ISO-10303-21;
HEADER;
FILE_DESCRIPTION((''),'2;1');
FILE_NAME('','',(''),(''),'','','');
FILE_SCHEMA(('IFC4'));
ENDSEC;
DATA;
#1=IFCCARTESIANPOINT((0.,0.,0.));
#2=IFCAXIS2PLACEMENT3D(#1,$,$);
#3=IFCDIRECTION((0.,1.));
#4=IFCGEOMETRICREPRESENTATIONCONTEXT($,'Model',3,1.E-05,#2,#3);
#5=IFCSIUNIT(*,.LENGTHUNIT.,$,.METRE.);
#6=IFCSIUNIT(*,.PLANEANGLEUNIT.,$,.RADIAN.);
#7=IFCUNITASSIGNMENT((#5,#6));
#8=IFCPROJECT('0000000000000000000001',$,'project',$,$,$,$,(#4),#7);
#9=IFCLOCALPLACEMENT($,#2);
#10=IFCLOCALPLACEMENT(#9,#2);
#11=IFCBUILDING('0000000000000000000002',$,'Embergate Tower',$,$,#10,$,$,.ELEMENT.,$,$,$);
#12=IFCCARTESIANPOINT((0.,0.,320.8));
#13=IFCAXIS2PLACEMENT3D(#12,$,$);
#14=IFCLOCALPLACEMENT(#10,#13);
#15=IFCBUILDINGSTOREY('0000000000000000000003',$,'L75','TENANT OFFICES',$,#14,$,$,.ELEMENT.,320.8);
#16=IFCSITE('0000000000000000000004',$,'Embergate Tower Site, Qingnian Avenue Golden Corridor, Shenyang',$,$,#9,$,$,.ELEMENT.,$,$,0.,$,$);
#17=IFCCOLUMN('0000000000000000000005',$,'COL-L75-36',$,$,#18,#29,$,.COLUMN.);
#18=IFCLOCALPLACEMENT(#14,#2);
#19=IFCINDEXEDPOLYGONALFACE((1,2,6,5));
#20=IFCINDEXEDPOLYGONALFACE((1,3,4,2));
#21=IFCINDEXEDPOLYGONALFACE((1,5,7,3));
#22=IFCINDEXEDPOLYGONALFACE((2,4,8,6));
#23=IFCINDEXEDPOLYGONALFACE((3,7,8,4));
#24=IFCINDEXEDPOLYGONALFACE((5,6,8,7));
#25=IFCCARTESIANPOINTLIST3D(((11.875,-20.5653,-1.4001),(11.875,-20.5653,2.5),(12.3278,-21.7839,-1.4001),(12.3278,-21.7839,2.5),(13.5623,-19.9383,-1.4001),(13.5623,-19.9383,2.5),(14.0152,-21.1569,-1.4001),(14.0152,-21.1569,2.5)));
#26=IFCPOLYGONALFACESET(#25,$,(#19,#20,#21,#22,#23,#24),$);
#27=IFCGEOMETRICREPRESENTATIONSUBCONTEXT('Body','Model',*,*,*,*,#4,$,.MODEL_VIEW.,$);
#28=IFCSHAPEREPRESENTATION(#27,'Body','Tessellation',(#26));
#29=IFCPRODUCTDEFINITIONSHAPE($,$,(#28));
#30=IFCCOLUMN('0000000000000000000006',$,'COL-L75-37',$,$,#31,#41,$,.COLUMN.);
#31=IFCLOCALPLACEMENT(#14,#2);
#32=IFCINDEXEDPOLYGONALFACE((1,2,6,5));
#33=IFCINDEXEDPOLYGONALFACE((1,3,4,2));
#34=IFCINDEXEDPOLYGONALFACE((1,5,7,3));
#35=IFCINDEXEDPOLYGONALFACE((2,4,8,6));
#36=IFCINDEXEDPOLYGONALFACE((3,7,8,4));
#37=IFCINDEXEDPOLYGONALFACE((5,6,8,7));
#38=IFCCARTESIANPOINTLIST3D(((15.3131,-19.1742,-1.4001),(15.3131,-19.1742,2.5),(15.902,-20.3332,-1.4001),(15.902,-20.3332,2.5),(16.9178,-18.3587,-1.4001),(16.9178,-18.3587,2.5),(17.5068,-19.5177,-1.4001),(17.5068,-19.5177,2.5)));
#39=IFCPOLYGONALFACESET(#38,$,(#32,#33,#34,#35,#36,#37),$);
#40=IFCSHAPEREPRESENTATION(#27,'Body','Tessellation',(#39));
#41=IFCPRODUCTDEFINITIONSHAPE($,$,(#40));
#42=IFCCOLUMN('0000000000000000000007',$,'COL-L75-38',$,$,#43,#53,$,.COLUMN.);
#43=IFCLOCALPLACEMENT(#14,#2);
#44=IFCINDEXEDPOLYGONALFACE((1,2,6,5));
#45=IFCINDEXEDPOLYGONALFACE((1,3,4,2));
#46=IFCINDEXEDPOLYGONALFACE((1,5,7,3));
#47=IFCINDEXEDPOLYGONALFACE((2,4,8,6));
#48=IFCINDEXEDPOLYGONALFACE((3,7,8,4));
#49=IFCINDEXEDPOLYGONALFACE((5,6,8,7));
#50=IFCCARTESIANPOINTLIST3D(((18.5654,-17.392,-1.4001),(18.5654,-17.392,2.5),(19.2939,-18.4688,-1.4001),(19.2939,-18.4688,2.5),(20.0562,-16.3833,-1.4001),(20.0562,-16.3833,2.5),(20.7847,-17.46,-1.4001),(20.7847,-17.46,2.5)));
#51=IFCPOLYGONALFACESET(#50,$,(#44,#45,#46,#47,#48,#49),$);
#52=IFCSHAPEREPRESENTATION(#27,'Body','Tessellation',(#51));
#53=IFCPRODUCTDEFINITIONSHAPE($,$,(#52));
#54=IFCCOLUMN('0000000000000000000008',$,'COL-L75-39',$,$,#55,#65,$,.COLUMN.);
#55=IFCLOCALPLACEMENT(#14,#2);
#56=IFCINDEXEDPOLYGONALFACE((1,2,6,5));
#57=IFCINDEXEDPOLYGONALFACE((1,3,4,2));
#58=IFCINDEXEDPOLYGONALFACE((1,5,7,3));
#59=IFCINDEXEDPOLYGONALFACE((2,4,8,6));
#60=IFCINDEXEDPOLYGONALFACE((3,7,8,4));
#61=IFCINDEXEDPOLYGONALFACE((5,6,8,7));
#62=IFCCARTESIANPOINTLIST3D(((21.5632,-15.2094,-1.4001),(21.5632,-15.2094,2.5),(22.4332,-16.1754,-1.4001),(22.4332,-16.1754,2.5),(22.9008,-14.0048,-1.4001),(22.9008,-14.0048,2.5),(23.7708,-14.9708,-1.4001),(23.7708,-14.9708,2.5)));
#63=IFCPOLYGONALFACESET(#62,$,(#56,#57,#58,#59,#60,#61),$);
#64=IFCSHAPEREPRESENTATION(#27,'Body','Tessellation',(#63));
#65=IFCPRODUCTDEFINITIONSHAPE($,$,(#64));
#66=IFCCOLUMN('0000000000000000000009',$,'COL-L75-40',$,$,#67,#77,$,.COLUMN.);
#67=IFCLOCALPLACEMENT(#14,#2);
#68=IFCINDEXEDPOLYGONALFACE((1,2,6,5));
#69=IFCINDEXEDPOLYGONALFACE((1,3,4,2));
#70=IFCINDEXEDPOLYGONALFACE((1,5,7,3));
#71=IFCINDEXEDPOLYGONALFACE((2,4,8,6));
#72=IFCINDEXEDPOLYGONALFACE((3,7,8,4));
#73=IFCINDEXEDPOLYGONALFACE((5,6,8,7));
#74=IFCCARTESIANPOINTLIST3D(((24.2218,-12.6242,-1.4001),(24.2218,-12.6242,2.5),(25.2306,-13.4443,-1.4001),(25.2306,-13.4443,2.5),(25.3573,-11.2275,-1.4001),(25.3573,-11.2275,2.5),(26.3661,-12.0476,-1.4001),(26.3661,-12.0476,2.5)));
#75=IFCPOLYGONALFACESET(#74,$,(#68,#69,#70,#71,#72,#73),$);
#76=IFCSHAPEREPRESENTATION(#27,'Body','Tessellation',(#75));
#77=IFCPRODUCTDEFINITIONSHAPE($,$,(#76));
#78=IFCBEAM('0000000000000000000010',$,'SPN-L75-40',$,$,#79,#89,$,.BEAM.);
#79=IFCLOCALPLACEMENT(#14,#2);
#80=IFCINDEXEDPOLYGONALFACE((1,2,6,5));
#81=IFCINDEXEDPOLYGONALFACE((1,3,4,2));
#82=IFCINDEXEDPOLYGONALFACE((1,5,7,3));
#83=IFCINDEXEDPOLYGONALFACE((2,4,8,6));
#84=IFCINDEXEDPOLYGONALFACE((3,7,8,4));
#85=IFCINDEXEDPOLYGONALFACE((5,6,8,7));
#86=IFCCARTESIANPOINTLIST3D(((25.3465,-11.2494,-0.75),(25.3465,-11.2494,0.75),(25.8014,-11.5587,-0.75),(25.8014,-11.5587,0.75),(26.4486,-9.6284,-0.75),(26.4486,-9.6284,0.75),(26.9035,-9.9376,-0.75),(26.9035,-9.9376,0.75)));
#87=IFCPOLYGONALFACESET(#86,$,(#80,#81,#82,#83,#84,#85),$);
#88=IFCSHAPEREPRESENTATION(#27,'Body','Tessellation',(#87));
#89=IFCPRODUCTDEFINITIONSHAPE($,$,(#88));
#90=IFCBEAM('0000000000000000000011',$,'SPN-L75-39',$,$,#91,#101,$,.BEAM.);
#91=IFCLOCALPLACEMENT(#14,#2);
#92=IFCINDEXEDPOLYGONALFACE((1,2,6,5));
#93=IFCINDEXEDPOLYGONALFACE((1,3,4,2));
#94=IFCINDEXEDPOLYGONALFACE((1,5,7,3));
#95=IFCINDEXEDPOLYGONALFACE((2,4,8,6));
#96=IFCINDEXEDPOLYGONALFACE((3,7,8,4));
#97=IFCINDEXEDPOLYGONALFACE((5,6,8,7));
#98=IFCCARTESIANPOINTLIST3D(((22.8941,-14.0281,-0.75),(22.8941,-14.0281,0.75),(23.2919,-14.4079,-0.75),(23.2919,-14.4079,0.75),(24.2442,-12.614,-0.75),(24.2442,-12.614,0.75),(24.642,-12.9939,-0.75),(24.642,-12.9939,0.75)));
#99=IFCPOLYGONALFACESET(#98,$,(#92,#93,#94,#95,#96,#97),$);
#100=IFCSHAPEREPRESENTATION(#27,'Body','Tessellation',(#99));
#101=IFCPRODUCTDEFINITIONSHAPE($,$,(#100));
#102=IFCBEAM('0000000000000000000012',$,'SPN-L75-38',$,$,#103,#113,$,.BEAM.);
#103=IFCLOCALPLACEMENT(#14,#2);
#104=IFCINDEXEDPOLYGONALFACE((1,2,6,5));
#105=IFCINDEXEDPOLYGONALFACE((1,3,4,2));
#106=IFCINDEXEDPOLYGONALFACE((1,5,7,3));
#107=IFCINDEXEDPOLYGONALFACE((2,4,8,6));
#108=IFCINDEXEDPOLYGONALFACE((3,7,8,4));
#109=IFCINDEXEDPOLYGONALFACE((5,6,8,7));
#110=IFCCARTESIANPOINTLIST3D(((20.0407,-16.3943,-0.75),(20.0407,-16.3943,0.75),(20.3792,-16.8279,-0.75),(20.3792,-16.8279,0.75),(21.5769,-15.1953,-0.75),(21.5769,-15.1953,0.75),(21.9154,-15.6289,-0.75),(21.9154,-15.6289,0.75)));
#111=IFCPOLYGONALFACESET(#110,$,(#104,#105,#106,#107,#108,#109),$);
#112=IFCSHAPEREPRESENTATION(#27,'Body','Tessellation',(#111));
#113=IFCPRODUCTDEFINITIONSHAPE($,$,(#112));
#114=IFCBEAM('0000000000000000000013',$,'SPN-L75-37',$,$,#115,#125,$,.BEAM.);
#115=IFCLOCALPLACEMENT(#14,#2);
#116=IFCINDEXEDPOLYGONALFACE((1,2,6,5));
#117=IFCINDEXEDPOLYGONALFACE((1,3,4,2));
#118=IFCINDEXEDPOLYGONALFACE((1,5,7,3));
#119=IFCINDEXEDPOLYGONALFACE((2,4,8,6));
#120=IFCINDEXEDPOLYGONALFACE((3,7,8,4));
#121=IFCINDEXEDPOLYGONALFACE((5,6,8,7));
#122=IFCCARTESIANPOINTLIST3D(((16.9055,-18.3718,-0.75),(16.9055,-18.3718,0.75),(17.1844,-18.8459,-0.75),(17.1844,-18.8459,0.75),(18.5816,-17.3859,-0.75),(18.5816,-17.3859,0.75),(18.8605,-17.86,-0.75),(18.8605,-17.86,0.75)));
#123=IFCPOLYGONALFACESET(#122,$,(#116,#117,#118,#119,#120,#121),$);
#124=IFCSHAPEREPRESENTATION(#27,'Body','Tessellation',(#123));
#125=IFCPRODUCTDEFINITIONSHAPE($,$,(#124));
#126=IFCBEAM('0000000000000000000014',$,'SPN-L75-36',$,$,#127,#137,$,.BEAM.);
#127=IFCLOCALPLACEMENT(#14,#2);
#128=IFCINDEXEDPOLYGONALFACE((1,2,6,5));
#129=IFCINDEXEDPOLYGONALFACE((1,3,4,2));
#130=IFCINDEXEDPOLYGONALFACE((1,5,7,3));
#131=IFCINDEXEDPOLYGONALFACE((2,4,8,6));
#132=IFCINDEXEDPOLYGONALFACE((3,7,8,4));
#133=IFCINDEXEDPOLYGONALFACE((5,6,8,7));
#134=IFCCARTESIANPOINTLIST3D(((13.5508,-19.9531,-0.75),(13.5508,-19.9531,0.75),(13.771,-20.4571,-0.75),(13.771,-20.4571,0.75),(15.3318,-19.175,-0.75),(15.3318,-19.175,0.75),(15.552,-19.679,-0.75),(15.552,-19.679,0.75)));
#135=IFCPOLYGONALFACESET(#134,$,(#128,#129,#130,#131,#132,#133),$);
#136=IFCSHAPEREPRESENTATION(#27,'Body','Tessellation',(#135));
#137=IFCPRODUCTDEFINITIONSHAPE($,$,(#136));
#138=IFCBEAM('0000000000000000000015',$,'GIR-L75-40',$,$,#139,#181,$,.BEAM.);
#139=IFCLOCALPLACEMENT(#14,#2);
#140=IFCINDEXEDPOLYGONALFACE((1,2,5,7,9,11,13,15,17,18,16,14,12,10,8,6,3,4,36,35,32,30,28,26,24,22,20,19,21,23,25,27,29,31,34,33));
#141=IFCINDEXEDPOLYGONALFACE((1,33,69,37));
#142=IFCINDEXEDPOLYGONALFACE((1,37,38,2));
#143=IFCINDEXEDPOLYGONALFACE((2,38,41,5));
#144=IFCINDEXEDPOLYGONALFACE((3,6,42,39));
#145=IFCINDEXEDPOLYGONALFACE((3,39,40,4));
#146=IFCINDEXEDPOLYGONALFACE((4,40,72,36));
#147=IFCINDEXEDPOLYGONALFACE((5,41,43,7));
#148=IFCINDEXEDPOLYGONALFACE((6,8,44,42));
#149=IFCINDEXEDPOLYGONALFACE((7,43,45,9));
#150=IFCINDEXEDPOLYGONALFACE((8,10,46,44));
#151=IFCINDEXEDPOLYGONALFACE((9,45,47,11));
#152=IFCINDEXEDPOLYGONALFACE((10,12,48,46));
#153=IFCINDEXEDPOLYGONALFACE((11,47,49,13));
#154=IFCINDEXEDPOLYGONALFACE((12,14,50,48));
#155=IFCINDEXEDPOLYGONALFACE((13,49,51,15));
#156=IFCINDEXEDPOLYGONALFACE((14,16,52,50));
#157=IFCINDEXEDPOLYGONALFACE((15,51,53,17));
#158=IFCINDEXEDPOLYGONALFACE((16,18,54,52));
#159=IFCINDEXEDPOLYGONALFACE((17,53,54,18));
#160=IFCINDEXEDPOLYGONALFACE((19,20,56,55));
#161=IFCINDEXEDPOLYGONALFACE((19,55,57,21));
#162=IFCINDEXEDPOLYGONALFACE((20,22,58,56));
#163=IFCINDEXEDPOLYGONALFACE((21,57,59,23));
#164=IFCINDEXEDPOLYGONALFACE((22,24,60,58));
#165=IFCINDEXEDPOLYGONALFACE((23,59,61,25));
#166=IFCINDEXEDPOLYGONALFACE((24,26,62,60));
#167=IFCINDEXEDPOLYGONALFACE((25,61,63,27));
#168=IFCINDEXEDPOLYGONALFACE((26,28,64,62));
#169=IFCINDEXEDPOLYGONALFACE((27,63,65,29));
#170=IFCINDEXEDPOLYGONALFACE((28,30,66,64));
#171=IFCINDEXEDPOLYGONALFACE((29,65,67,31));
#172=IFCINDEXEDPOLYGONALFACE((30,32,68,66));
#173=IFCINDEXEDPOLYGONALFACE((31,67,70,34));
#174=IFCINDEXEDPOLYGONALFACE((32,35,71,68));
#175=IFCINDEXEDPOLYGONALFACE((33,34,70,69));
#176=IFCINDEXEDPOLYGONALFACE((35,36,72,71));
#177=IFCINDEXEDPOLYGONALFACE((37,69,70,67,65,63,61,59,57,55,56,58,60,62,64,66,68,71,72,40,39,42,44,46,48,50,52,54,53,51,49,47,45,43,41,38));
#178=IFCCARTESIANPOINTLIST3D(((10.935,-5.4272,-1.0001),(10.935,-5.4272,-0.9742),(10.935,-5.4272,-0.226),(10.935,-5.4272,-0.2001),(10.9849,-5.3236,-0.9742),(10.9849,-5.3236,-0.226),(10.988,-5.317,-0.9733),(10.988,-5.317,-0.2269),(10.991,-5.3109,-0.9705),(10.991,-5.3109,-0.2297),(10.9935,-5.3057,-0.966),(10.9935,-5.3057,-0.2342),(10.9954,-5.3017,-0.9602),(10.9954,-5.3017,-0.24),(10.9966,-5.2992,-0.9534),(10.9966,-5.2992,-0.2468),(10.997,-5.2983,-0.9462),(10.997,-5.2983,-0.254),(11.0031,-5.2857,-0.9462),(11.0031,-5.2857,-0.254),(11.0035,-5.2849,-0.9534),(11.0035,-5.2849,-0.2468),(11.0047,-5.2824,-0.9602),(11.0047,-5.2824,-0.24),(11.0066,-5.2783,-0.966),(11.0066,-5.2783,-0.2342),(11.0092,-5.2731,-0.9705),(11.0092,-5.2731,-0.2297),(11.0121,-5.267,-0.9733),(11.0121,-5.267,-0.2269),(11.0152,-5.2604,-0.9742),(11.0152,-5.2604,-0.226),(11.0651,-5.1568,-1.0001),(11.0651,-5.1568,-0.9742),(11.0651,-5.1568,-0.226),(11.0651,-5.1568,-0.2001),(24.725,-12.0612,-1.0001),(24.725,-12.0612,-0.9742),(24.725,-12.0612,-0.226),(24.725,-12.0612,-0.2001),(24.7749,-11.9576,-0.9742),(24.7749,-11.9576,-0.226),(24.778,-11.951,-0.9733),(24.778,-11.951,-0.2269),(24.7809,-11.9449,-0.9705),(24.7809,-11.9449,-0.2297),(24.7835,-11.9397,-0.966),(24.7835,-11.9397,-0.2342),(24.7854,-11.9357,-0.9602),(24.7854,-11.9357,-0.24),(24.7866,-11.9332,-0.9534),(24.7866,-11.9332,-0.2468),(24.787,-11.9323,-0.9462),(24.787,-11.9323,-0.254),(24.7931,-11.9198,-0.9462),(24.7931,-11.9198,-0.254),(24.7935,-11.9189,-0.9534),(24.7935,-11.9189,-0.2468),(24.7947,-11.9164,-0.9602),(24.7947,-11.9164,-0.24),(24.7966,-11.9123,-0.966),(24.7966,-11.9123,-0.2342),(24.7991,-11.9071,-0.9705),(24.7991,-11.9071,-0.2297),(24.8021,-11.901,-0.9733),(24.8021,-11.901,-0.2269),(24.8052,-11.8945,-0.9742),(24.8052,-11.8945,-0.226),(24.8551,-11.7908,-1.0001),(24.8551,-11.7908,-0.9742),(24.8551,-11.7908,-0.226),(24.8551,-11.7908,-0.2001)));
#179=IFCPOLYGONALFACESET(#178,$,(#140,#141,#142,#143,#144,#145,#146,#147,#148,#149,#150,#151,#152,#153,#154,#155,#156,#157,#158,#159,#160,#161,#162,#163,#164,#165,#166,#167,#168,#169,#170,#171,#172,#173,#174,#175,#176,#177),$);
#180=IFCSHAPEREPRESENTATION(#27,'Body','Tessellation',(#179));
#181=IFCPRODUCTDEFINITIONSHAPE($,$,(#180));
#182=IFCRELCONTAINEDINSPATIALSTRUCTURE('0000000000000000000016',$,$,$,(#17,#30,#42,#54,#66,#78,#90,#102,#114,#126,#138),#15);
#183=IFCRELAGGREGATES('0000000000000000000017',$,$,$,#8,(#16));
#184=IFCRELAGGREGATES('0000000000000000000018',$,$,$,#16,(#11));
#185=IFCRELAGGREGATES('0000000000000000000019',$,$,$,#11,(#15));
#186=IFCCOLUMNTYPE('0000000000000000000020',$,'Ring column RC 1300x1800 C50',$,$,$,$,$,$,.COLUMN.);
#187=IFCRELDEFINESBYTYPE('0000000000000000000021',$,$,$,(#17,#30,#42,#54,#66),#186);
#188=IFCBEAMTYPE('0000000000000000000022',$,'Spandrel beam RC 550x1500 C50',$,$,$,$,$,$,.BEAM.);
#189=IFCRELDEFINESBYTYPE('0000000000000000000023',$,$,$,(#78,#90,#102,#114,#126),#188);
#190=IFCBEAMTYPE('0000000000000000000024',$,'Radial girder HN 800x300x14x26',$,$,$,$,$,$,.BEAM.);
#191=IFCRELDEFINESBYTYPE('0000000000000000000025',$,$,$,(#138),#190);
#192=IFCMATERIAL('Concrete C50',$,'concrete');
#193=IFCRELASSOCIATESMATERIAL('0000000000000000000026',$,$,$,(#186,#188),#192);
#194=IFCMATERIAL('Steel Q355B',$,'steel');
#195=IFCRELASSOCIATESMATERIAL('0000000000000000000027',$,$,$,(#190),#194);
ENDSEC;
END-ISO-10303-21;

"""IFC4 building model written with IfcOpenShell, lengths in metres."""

from ifc_helpers import new_model, si_unit, direction, frame, origin, origin_2d, place, context, subcontext, project, spatial, rectangle, i_section, extrude, source, transform, mapped, material, material_profile, profile_set, type_object, element, save


model = new_model("IFC4")

# Units and contexts
model_context = context("Model", 3, precision=1e-05, world=origin(), true_north=direction((0.0, 1.0)))
body_context = subcontext(model_context, "Body", "Model", "MODEL_VIEW")
ifc_project = project(units=[si_unit("LENGTHUNIT", "METRE"), si_unit("PLANEANGLEUNIT", "RADIAN")], contexts=[model_context])

# Site, building, storey
site_placement = place(None, origin())
site = spatial("IfcSite", under=ifc_project, at=site_placement, Name="Embergate Tower Site, Qingnian Avenue Golden Corridor, Shenyang", CompositionType="ELEMENT", RefElevation=0.0)
building_placement = place(site_placement, origin())
building = spatial("IfcBuilding", under=site, at=building_placement, Name="Embergate Tower", CompositionType="ELEMENT")
storey_placement = place(building_placement, frame((0.0, 0.0, 320.8)))
storey = spatial("IfcBuildingStorey", under=building, at=storey_placement, Name="L75", Description="TENANT OFFICES", CompositionType="ELEMENT", Elevation=320.8)

# Columns
ifc_material_1 = material(Name="Concrete C50", Category="concrete")
ifc_material_profile_1 = material_profile(ifc_material_1, rectangle(XDim=1.3, YDim=1.8, at=origin_2d()), Name="RC 1300x1800")
ifc_profile_set_1 = profile_set([ifc_material_profile_1], Name="Concrete C50")
column_type = type_object("IfcColumnType", Name="Ring column RC 1300x1800 C50", PredefinedType="COLUMN", material=ifc_profile_set_1)
shared_shape_1 = source(origin(), body_context, "Body", "SweptSolid", [
    extrude(rectangle(XDim=1.3, YDim=1.8, at=origin_2d()), origin(), (0.0, 0.0, 1.0), 3.9001),
])
for number, where, z_axis, x_axis, name in (
    (1, (12.9451, -20.8611, -1.4001), (0.0, 0.0, 1.0), (0.348343, -0.937367, 0.0), "COL-L75-36"),
    (2, (16.4099, -19.3459, -1.4001), (0.0, 0.0, 1.0), (0.453011, -0.891505, 0.0), "COL-L75-37"),
    (3, (19.675, -17.426, -1.4001), (0.0, 0.0, 1.0), (0.560393, -0.828227, 0.0), "COL-L75-38"),
    (4, (22.667, -15.0901, -1.4001), (0.0, 0.0, 1.0), (0.669221, -0.743063, 0.0), "COL-L75-39"),
    (5, (25.2939, -12.3359, -1.4001), (0.0, 0.0, 1.0), (0.775925, -0.630825, 0.0), "COL-L75-40"),
):
    element("IfcColumn", number, at=place(storey_placement, frame(where, z_axis=z_axis, x_axis=x_axis)), inside=storey, type_object=column_type, Name=name, PredefinedType="COLUMN", context=body_context, shape_type="MappedRepresentation", body=[
        mapped(shared_shape_1, transform((0.0, 0.0, 0.0))),
    ])

# Beams
ifc_material_profile_2 = material_profile(ifc_material_1, rectangle(XDim=0.55, YDim=1.5, at=origin_2d()), Name="RC 550x1500")
ifc_profile_set_2 = profile_set([ifc_material_profile_2], Name="Concrete C50")
beam_type_1 = type_object("IfcBeamType", Name="Spandrel beam RC 550x1500 C50", PredefinedType="BEAM", material=ifc_profile_set_2)
shared_shape_2 = source(origin(), body_context, "Body", "SweptSolid", [
    extrude(rectangle(XDim=0.55, YDim=1.5, at=origin_2d()), origin(), (0.0, 0.0, 1.0), 1.9602),
])
beam_1_placement = place(storey_placement, frame((25.574, -11.4041, 0.0), z_axis=(0.562208, 0.826996, 0.0), x_axis=(-0.826996, 0.562208, 0.0)))
element("IfcBeam", 6, at=beam_1_placement, inside=storey, type_object=beam_type_1, Name="SPN-L75-40", PredefinedType="BEAM", context=body_context, shape_type="MappedRepresentation", body=[
    mapped(shared_shape_2, transform((0.0, 0.0, 0.0))),
])
shared_shape_3 = source(origin(), body_context, "Body", "SweptSolid", [
    extrude(rectangle(XDim=0.55, YDim=1.5, at=origin_2d()), origin(), (0.0, 0.0, 1.0), 1.9551),
])
beam_2_placement = place(storey_placement, frame((23.093, -14.218, 0.0), z_axis=(0.690559, 0.723276, 0.0), x_axis=(-0.723276, 0.690559, 0.0)))
element("IfcBeam", 7, at=beam_2_placement, inside=storey, type_object=beam_type_1, Name="SPN-L75-39", PredefinedType="BEAM", context=body_context, shape_type="MappedRepresentation", body=[
    mapped(shared_shape_3, transform((0.0, 0.0, 0.0))),
])
shared_shape_4 = source(origin(), body_context, "Body", "SweptSolid", [
    extrude(rectangle(XDim=0.55, YDim=1.5, at=origin_2d()), origin(), (0.0, 0.0, 1.0), 1.9487),
])
beam_3_placement = place(storey_placement, frame((20.21, -16.6111, 0.0), z_axis=(0.788305, 0.615284, 0.0), x_axis=(-0.615284, 0.788305, 0.0)))
element("IfcBeam", 8, at=beam_3_placement, inside=storey, type_object=beam_type_1, Name="SPN-L75-38", PredefinedType="BEAM", context=body_context, shape_type="MappedRepresentation", body=[
    mapped(shared_shape_4, transform((0.0, 0.0, 0.0))),
])
shared_shape_5 = source(origin(), body_context, "Body", "SweptSolid", [
    extrude(rectangle(XDim=0.55, YDim=1.5, at=origin_2d()), origin(), (0.0, 0.0, 1.0), 1.9446),
])
beam_4_placement = place(storey_placement, frame((17.0449, -18.6089, 0.0), z_axis=(0.861947, 0.506998, 0.0), x_axis=(-0.506998, 0.861947, 0.0)))
element("IfcBeam", 9, at=beam_4_placement, inside=storey, type_object=beam_type_1, Name="SPN-L75-37", PredefinedType="BEAM", context=body_context, shape_type="MappedRepresentation", body=[
    mapped(shared_shape_5, transform((0.0, 0.0, 0.0))),
])
shared_shape_6 = source(origin(), body_context, "Body", "SweptSolid", [
    extrude(rectangle(XDim=0.55, YDim=1.5, at=origin_2d()), origin(), (0.0, 0.0, 1.0), 1.9436),
])
beam_5_placement = place(storey_placement, frame((13.6609, -20.2051, 0.0), z_axis=(0.916368, 0.400338, 0.0), x_axis=(-0.400338, 0.916368, 0.0)))
element("IfcBeam", 10, at=beam_5_placement, inside=storey, type_object=beam_type_1, Name="SPN-L75-36", PredefinedType="BEAM", context=body_context, shape_type="MappedRepresentation", body=[
    mapped(shared_shape_6, transform((0.0, 0.0, 0.0))),
])
ifc_material_2 = material(Name="Steel Q355B", Category="steel")
ifc_material_profile_3 = material_profile(ifc_material_2, i_section(OverallWidth=0.3, OverallDepth=0.8, WebThickness=0.0139, FlangeThickness=0.0259, FilletRadius=0.0281, at=origin_2d()), Name="HN 800x300x14x26")
ifc_profile_set_3 = profile_set([ifc_material_profile_3], Name="Steel Q355 grade B")
beam_type_2 = type_object("IfcBeamType", Name="Radial girder HN 800x300x14x26", PredefinedType="BEAM", material=ifc_profile_set_3)
shared_shape_7 = source(origin(), body_context, "Body", "SweptSolid", [
    extrude(i_section(OverallWidth=0.3, OverallDepth=0.8, WebThickness=0.0139, FlangeThickness=0.0259, FilletRadius=0.0281, at=origin_2d()), origin(), (0.0, 0.0, 1.0), 15.3027),
])
beam_6_placement = place(storey_placement, frame((24.79, -11.926, -0.6001), z_axis=(-0.901145, 0.433518, 0.0), x_axis=(-0.433518, -0.901145, 0.0)))
element("IfcBeam", 11, at=beam_6_placement, inside=storey, type_object=beam_type_2, Name="GIR-L75-40", PredefinedType="BEAM", context=body_context, shape_type="MappedRepresentation", body=[
    mapped(shared_shape_7, transform((0.0, 0.0, 0.0))),
])

save(model, "model.ifc")
